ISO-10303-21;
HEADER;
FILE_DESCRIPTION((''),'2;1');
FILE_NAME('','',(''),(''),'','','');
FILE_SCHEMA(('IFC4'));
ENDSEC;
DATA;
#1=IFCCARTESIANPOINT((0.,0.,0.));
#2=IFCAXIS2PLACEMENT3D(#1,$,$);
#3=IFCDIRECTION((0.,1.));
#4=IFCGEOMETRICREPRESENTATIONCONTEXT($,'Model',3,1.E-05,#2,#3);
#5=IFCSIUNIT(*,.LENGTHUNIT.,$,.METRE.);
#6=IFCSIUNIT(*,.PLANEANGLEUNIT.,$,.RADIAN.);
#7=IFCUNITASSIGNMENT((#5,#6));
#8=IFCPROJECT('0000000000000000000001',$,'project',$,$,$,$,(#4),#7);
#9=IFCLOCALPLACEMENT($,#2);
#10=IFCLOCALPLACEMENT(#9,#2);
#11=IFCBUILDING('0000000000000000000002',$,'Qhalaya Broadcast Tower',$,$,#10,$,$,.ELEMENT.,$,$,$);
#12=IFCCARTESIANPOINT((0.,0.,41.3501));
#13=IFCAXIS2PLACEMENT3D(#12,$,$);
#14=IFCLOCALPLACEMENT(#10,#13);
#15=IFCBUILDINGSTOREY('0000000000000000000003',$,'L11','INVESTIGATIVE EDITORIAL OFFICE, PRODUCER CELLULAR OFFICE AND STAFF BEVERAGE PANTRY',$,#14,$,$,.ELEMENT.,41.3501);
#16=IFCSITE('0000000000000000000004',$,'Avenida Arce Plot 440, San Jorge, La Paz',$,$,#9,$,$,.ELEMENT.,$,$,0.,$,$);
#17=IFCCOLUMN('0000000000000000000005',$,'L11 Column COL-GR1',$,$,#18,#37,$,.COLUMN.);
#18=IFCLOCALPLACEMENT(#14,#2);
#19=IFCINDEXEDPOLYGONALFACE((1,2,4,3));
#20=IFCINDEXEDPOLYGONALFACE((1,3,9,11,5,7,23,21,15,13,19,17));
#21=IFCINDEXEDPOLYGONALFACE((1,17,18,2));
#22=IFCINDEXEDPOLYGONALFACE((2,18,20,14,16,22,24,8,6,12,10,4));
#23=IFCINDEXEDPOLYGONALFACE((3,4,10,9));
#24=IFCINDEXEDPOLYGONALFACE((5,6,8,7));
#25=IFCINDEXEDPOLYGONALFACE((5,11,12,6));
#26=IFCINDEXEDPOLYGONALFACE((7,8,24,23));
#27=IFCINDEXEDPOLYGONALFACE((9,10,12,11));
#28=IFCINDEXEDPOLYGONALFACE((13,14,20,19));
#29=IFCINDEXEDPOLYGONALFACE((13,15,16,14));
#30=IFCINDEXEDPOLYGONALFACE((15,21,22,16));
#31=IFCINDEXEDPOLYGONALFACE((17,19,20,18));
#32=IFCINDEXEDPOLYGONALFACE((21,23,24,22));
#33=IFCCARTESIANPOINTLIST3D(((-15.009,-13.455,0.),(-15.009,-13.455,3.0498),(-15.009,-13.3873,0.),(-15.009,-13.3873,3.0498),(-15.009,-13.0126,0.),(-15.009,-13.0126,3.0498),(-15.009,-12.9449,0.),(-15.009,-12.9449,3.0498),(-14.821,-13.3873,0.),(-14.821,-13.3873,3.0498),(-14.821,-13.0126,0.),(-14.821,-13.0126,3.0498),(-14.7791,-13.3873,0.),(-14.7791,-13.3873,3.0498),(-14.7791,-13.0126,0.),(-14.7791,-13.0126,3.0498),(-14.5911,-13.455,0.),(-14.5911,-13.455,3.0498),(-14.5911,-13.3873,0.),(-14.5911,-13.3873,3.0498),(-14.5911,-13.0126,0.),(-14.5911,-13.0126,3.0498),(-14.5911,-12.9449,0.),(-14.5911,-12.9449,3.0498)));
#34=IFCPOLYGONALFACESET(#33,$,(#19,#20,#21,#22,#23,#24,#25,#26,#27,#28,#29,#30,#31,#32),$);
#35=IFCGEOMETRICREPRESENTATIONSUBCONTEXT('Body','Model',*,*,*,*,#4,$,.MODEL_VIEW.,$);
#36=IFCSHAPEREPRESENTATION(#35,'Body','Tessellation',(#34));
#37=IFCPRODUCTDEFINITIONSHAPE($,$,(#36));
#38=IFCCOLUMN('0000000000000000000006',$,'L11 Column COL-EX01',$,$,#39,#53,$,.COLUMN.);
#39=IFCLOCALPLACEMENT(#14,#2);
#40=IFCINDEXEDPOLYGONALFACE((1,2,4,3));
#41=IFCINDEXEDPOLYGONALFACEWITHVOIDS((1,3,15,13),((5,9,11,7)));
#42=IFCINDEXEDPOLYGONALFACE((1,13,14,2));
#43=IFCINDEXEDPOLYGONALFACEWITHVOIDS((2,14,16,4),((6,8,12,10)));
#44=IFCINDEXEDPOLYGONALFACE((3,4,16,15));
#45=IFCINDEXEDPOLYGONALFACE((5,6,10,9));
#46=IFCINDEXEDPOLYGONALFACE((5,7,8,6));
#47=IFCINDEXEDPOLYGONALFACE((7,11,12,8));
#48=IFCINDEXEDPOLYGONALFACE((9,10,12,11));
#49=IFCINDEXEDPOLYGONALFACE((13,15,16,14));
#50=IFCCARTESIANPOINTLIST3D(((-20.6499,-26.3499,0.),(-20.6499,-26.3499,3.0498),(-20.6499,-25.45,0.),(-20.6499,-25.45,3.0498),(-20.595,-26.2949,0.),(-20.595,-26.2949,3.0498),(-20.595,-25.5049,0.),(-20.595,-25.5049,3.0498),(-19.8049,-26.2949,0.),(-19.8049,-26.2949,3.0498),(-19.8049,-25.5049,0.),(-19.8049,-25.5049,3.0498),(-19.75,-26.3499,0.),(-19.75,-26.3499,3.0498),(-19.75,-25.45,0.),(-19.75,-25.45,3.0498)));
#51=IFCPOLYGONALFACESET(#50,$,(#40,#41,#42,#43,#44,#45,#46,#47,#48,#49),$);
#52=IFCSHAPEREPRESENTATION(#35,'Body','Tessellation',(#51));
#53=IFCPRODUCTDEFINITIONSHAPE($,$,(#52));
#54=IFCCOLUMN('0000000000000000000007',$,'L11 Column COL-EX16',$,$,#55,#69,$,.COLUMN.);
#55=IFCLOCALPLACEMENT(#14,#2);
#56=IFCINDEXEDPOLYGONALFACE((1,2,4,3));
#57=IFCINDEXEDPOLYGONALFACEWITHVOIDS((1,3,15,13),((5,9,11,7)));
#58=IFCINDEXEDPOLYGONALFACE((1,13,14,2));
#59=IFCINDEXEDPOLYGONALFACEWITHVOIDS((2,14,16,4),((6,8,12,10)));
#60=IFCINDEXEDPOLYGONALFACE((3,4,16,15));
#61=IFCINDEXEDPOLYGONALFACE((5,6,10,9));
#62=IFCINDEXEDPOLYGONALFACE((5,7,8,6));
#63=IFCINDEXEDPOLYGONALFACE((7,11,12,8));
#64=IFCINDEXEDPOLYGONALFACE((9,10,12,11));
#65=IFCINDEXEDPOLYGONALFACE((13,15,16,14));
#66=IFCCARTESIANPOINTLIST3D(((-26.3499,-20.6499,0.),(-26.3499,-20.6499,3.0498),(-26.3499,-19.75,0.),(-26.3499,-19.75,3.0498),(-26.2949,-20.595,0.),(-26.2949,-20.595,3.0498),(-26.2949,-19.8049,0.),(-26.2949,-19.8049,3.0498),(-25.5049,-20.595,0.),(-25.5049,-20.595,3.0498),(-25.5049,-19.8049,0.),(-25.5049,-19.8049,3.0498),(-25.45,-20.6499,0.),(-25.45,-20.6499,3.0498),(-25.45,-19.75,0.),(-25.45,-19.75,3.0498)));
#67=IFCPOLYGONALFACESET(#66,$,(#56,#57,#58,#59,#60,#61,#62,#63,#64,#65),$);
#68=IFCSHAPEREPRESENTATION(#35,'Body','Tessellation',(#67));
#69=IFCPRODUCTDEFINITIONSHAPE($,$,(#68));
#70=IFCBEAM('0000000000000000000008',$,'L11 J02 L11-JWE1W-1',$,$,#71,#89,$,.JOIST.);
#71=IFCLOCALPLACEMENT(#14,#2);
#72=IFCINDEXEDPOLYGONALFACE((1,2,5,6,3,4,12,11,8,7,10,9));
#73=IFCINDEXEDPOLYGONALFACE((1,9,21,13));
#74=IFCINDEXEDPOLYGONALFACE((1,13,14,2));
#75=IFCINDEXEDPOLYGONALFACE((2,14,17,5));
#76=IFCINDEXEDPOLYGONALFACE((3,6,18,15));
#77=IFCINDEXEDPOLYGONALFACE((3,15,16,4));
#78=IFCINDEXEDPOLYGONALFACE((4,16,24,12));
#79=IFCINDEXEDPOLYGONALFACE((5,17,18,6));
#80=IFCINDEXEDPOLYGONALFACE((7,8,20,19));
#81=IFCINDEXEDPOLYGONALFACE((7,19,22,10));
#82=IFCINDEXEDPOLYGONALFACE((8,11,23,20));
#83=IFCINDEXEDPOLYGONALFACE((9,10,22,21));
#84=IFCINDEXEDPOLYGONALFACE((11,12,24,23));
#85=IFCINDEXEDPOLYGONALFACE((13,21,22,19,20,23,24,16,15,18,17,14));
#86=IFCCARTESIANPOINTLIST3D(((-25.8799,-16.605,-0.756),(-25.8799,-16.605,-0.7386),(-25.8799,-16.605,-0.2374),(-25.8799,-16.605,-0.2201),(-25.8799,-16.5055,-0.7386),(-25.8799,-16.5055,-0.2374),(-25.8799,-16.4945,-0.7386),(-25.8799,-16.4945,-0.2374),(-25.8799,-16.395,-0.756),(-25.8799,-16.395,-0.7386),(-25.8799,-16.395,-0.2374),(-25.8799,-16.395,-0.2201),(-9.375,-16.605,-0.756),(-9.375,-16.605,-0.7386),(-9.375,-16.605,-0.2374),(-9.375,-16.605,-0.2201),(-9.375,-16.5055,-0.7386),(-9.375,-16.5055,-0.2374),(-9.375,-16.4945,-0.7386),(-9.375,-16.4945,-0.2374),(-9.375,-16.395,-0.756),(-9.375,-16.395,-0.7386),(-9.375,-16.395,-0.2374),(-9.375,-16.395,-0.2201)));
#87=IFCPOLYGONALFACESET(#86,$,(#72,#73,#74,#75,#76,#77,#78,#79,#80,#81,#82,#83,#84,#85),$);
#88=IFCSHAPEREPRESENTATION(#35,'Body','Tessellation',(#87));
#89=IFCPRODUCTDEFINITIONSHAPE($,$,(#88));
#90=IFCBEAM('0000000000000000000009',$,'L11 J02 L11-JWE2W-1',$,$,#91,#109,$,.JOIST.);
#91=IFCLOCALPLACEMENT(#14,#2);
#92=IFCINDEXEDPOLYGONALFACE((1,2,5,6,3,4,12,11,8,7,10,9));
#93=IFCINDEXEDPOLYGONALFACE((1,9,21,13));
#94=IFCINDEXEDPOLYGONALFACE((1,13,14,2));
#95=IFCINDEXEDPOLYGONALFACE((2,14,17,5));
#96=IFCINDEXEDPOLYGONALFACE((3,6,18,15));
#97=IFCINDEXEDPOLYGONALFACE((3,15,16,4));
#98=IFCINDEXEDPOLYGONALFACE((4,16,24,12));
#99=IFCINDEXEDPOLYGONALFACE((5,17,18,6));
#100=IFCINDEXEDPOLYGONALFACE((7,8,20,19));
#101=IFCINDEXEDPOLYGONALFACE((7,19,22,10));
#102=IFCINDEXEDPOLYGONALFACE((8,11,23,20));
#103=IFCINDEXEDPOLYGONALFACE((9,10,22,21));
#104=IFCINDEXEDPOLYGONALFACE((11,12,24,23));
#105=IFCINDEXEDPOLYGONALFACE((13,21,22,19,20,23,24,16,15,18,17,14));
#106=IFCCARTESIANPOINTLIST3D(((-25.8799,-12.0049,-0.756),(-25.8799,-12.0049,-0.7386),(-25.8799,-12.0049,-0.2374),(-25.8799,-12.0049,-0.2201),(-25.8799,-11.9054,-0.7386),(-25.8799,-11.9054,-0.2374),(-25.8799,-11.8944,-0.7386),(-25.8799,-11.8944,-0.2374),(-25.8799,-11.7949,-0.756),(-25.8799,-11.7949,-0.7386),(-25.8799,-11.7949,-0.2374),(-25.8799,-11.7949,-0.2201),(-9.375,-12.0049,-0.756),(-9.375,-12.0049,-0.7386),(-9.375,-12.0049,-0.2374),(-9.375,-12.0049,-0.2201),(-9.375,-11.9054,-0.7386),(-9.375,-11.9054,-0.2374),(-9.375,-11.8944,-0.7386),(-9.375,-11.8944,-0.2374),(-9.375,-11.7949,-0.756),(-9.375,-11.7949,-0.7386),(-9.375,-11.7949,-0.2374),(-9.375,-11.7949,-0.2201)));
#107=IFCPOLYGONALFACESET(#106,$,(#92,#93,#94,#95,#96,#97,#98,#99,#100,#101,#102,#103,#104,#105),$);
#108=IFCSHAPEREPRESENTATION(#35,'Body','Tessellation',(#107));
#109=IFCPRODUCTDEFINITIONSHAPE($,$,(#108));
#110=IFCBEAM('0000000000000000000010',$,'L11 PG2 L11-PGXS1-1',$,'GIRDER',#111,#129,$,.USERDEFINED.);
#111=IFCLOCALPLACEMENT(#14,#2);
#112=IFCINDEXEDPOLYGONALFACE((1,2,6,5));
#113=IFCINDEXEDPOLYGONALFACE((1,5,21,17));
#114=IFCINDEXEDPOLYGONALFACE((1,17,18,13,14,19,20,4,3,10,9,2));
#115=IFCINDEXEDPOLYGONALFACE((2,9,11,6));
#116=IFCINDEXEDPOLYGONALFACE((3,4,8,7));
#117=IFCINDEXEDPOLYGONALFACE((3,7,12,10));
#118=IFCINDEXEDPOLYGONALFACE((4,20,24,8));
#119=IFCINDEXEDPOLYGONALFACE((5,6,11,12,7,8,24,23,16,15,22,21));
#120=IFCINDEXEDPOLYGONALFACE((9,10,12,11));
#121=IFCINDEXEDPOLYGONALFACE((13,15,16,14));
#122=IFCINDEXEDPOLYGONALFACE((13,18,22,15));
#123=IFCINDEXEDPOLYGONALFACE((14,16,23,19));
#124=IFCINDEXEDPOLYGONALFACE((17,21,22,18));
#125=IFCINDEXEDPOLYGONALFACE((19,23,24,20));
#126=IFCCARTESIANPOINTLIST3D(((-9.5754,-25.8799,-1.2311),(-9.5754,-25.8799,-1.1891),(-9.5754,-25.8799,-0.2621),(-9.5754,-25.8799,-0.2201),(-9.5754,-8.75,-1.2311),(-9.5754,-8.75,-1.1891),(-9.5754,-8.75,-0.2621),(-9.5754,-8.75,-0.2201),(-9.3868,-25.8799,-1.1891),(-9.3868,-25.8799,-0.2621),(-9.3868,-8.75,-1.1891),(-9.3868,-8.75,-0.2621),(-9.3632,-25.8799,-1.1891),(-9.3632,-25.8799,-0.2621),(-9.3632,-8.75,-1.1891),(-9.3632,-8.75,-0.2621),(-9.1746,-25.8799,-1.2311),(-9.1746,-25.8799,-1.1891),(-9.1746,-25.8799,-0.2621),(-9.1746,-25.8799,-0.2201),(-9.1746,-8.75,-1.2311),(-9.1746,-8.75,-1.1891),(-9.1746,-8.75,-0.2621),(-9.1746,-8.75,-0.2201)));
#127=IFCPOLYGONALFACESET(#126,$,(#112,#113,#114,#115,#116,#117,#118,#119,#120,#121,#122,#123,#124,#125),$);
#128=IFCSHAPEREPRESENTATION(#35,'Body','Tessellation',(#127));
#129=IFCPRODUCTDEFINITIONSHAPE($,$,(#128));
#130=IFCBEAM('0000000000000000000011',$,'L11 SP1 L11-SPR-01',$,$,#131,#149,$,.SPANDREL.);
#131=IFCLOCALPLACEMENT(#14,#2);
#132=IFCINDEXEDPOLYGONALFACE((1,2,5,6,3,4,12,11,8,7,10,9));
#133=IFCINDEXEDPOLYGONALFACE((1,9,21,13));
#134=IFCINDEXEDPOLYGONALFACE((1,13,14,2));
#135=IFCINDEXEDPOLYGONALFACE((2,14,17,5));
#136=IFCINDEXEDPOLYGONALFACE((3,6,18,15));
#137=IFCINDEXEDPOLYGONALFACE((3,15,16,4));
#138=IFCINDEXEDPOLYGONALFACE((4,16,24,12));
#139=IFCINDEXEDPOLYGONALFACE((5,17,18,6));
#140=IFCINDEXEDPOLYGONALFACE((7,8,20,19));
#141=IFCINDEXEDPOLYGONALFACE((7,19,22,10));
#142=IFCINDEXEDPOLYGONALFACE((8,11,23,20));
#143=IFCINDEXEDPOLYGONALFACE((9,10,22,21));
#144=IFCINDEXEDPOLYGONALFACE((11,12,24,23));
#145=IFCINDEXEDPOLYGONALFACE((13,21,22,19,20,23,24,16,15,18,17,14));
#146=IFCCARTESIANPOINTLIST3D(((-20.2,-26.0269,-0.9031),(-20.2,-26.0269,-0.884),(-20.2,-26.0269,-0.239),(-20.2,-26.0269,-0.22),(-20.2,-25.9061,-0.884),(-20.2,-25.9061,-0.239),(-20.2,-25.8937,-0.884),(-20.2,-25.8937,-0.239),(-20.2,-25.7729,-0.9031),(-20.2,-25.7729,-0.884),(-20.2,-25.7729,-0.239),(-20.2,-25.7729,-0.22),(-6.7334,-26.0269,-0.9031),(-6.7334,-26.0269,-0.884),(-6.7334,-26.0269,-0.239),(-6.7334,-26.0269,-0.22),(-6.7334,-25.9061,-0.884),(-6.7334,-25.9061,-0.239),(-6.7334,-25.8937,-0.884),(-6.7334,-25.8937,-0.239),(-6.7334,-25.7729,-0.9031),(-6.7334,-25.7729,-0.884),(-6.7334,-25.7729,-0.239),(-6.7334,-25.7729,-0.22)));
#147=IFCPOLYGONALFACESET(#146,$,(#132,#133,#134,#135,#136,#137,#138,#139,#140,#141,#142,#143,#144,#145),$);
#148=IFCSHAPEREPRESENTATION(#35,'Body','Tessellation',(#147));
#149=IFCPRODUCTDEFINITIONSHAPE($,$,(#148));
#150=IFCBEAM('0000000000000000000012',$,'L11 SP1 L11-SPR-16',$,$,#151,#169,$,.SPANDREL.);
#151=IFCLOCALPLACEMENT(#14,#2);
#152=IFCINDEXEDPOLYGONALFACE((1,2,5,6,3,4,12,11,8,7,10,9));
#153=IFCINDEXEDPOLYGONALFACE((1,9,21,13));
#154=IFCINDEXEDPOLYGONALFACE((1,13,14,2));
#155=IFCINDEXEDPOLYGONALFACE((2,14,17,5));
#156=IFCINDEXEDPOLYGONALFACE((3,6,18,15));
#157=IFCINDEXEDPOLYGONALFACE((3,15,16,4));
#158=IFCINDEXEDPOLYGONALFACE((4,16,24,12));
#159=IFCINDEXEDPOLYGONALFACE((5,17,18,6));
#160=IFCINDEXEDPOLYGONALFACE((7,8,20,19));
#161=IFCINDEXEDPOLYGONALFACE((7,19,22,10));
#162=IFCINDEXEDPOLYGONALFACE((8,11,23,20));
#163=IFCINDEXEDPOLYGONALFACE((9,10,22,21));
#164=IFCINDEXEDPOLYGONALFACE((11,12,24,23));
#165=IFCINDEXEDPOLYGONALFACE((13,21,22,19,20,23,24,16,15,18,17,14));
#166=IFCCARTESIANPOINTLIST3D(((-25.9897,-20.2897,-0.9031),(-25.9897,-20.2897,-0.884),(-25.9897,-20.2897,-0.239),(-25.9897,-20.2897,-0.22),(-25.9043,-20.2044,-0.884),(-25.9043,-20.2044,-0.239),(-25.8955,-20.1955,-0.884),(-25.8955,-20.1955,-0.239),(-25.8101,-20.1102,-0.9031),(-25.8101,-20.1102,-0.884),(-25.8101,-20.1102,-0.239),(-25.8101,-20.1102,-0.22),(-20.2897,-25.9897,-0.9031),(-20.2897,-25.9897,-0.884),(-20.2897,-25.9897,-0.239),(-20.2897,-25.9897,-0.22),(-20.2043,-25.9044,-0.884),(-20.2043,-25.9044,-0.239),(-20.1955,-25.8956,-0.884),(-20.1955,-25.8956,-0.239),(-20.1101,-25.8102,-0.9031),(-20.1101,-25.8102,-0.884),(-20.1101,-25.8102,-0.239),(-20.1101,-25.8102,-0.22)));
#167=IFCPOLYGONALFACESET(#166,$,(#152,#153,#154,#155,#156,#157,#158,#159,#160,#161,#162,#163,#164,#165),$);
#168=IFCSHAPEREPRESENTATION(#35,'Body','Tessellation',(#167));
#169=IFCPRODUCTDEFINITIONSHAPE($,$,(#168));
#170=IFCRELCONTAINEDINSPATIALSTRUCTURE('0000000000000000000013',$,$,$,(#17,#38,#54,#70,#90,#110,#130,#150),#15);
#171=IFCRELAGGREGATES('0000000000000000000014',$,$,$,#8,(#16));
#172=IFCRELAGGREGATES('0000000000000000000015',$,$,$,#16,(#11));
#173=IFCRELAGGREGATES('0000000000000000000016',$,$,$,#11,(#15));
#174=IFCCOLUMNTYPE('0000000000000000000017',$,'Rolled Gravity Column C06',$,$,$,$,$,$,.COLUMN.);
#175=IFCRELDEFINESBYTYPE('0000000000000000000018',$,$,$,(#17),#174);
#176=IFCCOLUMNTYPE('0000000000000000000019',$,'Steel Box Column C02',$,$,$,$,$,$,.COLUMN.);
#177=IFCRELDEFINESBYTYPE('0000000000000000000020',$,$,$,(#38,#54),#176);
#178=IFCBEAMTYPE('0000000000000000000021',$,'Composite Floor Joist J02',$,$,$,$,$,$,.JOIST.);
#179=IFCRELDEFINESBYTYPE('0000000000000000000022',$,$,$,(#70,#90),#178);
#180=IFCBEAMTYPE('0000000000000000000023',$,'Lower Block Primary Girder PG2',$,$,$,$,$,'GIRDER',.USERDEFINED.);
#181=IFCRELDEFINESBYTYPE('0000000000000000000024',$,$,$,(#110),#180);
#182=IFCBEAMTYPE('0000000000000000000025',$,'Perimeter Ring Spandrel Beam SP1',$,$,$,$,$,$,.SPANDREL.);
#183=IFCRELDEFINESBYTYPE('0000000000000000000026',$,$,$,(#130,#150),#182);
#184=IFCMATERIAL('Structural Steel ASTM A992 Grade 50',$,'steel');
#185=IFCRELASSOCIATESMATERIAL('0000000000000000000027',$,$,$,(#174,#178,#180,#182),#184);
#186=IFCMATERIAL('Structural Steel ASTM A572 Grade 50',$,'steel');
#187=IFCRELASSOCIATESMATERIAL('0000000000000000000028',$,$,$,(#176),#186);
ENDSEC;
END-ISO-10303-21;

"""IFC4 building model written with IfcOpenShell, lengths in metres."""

from ifc_helpers import new_model, si_unit, direction, frame, origin, origin_2d, place, context, subcontext, project, spatial, hollow_rectangle, i_section, extrude, material, material_profile, profile_set, type_object, element, save


model = new_model("IFC4")

# Units and contexts
model_context = context("Model", 3, precision=1e-05, world=origin(), true_north=direction((0.0, 1.0)))
body_context = subcontext(model_context, "Body", "Model", "MODEL_VIEW")
ifc_project = project(units=[si_unit("LENGTHUNIT", "METRE"), si_unit("PLANEANGLEUNIT", "RADIAN")], contexts=[model_context])

# Site, building, storey
site_placement = place(None, origin())
site = spatial("IfcSite", under=ifc_project, at=site_placement, Name="Avenida Arce Plot 440, San Jorge, La Paz", CompositionType="ELEMENT", RefElevation=0.0)
building_placement = place(site_placement, origin())
building = spatial("IfcBuilding", under=site, at=building_placement, Name="Qhalaya Broadcast Tower", CompositionType="ELEMENT")
storey_placement = place(building_placement, frame((0.0, 0.0, 41.3501)))
storey = spatial("IfcBuildingStorey", under=building, at=storey_placement, Name="L11", Description="INVESTIGATIVE EDITORIAL OFFICE, PRODUCER CELLULAR OFFICE AND STAFF BEVERAGE PANTRY", CompositionType="ELEMENT", Elevation=41.3501)

# Columns
ifc_material_1 = material(Name="Structural Steel ASTM A992 Grade 50", Category="steel")
ifc_material_profile_1 = material_profile(ifc_material_1, i_section(OverallWidth=0.418, OverallDepth=0.51, WebThickness=0.042, FlangeThickness=0.0676, at=origin_2d()), Name="W14X370")
ifc_profile_set_1 = profile_set([ifc_material_profile_1], Name="Structural Steel ASTM A992 Grade 50")
column_type_1 = type_object("IfcColumnType", Name="Rolled Gravity Column C06", PredefinedType="COLUMN", material=ifc_profile_set_1)
column_placement = place(storey_placement, frame((-14.8, -13.2, 0.0), z_axis=(0.0, 0.0, 1.0), x_axis=(1.0, 0.0, 0.0)))
element("IfcColumn", 1, at=column_placement, inside=storey, type_object=column_type_1, Name="L11 Column COL-GR1", PredefinedType="COLUMN", context=body_context, shape_type="SweptSolid", body=[
    extrude(i_section(OverallWidth=0.418, OverallDepth=0.51, WebThickness=0.042, FlangeThickness=0.0676, at=origin_2d()), origin(), (0.0, 0.0, 1.0), 3.0498),
])
ifc_material_2 = material(Name="Structural Steel ASTM A572 Grade 50", Category="steel")
ifc_material_profile_2 = material_profile(ifc_material_2, hollow_rectangle(XDim=0.8999, YDim=0.8999, WallThickness=0.0549, at=origin_2d()), Name="BOX 900x900x55")
ifc_profile_set_2 = profile_set([ifc_material_profile_2], Name="Structural Steel ASTM A572 Grade 50")
column_type_2 = type_object("IfcColumnType", Name="Steel Box Column C02", PredefinedType="COLUMN", material=ifc_profile_set_2)
for number, where, z_axis, x_axis, name in (
    (2, (-20.2, -25.8999, 0.0), (0.0, 0.0, 1.0), (1.0, 0.0, 0.0), "L11 Column COL-EX01"),
    (3, (-25.8999, -20.2, 0.0), (0.0, 0.0, 1.0), (0.0, 1.0, 0.0), "L11 Column COL-EX16"),
):
    element("IfcColumn", number, at=place(storey_placement, frame(where, z_axis=z_axis, x_axis=x_axis)), inside=storey, type_object=column_type_2, Name=name, PredefinedType="COLUMN", context=body_context, shape_type="SweptSolid", body=[
        extrude(hollow_rectangle(XDim=0.8999, YDim=0.8999, WallThickness=0.0549, at=origin_2d()), origin(), (0.0, 0.0, 1.0), 3.0498),
    ])

# Beams
ifc_material_profile_3 = material_profile(ifc_material_1, i_section(OverallWidth=0.21, OverallDepth=0.5359, WebThickness=0.011, FlangeThickness=0.0173, at=origin_2d()), Name="W21X68")
ifc_profile_set_3 = profile_set([ifc_material_profile_3], Name="Structural Steel ASTM A992 Grade 50")
beam_type_1 = type_object("IfcBeamType", Name="Composite Floor Joist J02", PredefinedType="JOIST", material=ifc_profile_set_3)
for number, where, z_axis, x_axis, name in (
    (4, (-25.8799, -16.5, -0.488), (1.0, 0.0, 0.0), (0.0, 1.0, 0.0), "L11 J02 L11-JWE1W-1"),
    (5, (-25.8799, -11.8999, -0.488), (1.0, 0.0, 0.0), (0.0, 1.0, 0.0), "L11 J02 L11-JWE2W-1"),
):
    element("IfcBeam", number, at=place(storey_placement, frame(where, z_axis=z_axis, x_axis=x_axis)), inside=storey, type_object=beam_type_1, Name=name, PredefinedType="JOIST", context=body_context, shape_type="SweptSolid", body=[
        extrude(i_section(OverallWidth=0.21, OverallDepth=0.5359, WebThickness=0.011, FlangeThickness=0.0173, at=origin_2d()), origin(), (0.0, 0.0, 1.0), 16.5049),
    ])
ifc_material_profile_4 = material_profile(ifc_material_1, i_section(OverallWidth=0.4009, OverallDepth=1.011, WebThickness=0.0237, FlangeThickness=0.042, at=origin_2d()), Name="W40X297")
ifc_profile_set_4 = profile_set([ifc_material_profile_4], Name="Structural Steel ASTM A992 Grade 50")
beam_type_2 = type_object("IfcBeamType", Name="Lower Block Primary Girder PG2", ElementType="GIRDER", PredefinedType="USERDEFINED", material=ifc_profile_set_4)
beam_1_placement = place(storey_placement, frame((-9.375, -25.8799, -0.7256), z_axis=(0.0, 1.0, 0.0), x_axis=(-1.0, 0.0, 0.0)))
element("IfcBeam", 6, at=beam_1_placement, inside=storey, type_object=beam_type_2, Name="L11 PG2 L11-PGXS1-1", ObjectType="GIRDER", PredefinedType="USERDEFINED", context=body_context, shape_type="SweptSolid", body=[
    extrude(i_section(OverallWidth=0.4009, OverallDepth=1.011, WebThickness=0.0237, FlangeThickness=0.042, at=origin_2d()), origin(), (0.0, 0.0, 1.0), 17.1299),
])
ifc_material_profile_5 = material_profile(ifc_material_1, i_section(OverallWidth=0.2539, OverallDepth=0.6831, WebThickness=0.0125, FlangeThickness=0.019, at=origin_2d()), Name="W27X94")
ifc_profile_set_5 = profile_set([ifc_material_profile_5], Name="Structural Steel ASTM A992 Grade 50")
beam_type_3 = type_object("IfcBeamType", Name="Perimeter Ring Spandrel Beam SP1", PredefinedType="SPANDREL", material=ifc_profile_set_5)
beam_2_placement = place(storey_placement, frame((-20.2, -25.8999, -0.5615), z_axis=(1.0, 0.0, 0.0), x_axis=(0.0, 1.0, 0.0)))
element("IfcBeam", 7, at=beam_2_placement, inside=storey, type_object=beam_type_3, Name="L11 SP1 L11-SPR-01", PredefinedType="SPANDREL", context=body_context, shape_type="SweptSolid", body=[
    extrude(i_section(OverallWidth=0.2539, OverallDepth=0.6831, WebThickness=0.0125, FlangeThickness=0.019, at=origin_2d()), origin(), (0.0, 0.0, 1.0), 13.4666),
])
beam_3_placement = place(storey_placement, frame((-25.8999, -20.2, -0.5615), z_axis=(0.707107, -0.707107, 0.0), x_axis=(0.707107, 0.707107, 0.0)))
element("IfcBeam", 8, at=beam_3_placement, inside=storey, type_object=beam_type_3, Name="L11 SP1 L11-SPR-16", PredefinedType="SPANDREL", context=body_context, shape_type="SweptSolid", body=[
    extrude(i_section(OverallWidth=0.2539, OverallDepth=0.6831, WebThickness=0.0125, FlangeThickness=0.019, at=origin_2d()), origin(), (0.0, 0.0, 1.0), 8.061),
])

save(model, "model.ifc")
